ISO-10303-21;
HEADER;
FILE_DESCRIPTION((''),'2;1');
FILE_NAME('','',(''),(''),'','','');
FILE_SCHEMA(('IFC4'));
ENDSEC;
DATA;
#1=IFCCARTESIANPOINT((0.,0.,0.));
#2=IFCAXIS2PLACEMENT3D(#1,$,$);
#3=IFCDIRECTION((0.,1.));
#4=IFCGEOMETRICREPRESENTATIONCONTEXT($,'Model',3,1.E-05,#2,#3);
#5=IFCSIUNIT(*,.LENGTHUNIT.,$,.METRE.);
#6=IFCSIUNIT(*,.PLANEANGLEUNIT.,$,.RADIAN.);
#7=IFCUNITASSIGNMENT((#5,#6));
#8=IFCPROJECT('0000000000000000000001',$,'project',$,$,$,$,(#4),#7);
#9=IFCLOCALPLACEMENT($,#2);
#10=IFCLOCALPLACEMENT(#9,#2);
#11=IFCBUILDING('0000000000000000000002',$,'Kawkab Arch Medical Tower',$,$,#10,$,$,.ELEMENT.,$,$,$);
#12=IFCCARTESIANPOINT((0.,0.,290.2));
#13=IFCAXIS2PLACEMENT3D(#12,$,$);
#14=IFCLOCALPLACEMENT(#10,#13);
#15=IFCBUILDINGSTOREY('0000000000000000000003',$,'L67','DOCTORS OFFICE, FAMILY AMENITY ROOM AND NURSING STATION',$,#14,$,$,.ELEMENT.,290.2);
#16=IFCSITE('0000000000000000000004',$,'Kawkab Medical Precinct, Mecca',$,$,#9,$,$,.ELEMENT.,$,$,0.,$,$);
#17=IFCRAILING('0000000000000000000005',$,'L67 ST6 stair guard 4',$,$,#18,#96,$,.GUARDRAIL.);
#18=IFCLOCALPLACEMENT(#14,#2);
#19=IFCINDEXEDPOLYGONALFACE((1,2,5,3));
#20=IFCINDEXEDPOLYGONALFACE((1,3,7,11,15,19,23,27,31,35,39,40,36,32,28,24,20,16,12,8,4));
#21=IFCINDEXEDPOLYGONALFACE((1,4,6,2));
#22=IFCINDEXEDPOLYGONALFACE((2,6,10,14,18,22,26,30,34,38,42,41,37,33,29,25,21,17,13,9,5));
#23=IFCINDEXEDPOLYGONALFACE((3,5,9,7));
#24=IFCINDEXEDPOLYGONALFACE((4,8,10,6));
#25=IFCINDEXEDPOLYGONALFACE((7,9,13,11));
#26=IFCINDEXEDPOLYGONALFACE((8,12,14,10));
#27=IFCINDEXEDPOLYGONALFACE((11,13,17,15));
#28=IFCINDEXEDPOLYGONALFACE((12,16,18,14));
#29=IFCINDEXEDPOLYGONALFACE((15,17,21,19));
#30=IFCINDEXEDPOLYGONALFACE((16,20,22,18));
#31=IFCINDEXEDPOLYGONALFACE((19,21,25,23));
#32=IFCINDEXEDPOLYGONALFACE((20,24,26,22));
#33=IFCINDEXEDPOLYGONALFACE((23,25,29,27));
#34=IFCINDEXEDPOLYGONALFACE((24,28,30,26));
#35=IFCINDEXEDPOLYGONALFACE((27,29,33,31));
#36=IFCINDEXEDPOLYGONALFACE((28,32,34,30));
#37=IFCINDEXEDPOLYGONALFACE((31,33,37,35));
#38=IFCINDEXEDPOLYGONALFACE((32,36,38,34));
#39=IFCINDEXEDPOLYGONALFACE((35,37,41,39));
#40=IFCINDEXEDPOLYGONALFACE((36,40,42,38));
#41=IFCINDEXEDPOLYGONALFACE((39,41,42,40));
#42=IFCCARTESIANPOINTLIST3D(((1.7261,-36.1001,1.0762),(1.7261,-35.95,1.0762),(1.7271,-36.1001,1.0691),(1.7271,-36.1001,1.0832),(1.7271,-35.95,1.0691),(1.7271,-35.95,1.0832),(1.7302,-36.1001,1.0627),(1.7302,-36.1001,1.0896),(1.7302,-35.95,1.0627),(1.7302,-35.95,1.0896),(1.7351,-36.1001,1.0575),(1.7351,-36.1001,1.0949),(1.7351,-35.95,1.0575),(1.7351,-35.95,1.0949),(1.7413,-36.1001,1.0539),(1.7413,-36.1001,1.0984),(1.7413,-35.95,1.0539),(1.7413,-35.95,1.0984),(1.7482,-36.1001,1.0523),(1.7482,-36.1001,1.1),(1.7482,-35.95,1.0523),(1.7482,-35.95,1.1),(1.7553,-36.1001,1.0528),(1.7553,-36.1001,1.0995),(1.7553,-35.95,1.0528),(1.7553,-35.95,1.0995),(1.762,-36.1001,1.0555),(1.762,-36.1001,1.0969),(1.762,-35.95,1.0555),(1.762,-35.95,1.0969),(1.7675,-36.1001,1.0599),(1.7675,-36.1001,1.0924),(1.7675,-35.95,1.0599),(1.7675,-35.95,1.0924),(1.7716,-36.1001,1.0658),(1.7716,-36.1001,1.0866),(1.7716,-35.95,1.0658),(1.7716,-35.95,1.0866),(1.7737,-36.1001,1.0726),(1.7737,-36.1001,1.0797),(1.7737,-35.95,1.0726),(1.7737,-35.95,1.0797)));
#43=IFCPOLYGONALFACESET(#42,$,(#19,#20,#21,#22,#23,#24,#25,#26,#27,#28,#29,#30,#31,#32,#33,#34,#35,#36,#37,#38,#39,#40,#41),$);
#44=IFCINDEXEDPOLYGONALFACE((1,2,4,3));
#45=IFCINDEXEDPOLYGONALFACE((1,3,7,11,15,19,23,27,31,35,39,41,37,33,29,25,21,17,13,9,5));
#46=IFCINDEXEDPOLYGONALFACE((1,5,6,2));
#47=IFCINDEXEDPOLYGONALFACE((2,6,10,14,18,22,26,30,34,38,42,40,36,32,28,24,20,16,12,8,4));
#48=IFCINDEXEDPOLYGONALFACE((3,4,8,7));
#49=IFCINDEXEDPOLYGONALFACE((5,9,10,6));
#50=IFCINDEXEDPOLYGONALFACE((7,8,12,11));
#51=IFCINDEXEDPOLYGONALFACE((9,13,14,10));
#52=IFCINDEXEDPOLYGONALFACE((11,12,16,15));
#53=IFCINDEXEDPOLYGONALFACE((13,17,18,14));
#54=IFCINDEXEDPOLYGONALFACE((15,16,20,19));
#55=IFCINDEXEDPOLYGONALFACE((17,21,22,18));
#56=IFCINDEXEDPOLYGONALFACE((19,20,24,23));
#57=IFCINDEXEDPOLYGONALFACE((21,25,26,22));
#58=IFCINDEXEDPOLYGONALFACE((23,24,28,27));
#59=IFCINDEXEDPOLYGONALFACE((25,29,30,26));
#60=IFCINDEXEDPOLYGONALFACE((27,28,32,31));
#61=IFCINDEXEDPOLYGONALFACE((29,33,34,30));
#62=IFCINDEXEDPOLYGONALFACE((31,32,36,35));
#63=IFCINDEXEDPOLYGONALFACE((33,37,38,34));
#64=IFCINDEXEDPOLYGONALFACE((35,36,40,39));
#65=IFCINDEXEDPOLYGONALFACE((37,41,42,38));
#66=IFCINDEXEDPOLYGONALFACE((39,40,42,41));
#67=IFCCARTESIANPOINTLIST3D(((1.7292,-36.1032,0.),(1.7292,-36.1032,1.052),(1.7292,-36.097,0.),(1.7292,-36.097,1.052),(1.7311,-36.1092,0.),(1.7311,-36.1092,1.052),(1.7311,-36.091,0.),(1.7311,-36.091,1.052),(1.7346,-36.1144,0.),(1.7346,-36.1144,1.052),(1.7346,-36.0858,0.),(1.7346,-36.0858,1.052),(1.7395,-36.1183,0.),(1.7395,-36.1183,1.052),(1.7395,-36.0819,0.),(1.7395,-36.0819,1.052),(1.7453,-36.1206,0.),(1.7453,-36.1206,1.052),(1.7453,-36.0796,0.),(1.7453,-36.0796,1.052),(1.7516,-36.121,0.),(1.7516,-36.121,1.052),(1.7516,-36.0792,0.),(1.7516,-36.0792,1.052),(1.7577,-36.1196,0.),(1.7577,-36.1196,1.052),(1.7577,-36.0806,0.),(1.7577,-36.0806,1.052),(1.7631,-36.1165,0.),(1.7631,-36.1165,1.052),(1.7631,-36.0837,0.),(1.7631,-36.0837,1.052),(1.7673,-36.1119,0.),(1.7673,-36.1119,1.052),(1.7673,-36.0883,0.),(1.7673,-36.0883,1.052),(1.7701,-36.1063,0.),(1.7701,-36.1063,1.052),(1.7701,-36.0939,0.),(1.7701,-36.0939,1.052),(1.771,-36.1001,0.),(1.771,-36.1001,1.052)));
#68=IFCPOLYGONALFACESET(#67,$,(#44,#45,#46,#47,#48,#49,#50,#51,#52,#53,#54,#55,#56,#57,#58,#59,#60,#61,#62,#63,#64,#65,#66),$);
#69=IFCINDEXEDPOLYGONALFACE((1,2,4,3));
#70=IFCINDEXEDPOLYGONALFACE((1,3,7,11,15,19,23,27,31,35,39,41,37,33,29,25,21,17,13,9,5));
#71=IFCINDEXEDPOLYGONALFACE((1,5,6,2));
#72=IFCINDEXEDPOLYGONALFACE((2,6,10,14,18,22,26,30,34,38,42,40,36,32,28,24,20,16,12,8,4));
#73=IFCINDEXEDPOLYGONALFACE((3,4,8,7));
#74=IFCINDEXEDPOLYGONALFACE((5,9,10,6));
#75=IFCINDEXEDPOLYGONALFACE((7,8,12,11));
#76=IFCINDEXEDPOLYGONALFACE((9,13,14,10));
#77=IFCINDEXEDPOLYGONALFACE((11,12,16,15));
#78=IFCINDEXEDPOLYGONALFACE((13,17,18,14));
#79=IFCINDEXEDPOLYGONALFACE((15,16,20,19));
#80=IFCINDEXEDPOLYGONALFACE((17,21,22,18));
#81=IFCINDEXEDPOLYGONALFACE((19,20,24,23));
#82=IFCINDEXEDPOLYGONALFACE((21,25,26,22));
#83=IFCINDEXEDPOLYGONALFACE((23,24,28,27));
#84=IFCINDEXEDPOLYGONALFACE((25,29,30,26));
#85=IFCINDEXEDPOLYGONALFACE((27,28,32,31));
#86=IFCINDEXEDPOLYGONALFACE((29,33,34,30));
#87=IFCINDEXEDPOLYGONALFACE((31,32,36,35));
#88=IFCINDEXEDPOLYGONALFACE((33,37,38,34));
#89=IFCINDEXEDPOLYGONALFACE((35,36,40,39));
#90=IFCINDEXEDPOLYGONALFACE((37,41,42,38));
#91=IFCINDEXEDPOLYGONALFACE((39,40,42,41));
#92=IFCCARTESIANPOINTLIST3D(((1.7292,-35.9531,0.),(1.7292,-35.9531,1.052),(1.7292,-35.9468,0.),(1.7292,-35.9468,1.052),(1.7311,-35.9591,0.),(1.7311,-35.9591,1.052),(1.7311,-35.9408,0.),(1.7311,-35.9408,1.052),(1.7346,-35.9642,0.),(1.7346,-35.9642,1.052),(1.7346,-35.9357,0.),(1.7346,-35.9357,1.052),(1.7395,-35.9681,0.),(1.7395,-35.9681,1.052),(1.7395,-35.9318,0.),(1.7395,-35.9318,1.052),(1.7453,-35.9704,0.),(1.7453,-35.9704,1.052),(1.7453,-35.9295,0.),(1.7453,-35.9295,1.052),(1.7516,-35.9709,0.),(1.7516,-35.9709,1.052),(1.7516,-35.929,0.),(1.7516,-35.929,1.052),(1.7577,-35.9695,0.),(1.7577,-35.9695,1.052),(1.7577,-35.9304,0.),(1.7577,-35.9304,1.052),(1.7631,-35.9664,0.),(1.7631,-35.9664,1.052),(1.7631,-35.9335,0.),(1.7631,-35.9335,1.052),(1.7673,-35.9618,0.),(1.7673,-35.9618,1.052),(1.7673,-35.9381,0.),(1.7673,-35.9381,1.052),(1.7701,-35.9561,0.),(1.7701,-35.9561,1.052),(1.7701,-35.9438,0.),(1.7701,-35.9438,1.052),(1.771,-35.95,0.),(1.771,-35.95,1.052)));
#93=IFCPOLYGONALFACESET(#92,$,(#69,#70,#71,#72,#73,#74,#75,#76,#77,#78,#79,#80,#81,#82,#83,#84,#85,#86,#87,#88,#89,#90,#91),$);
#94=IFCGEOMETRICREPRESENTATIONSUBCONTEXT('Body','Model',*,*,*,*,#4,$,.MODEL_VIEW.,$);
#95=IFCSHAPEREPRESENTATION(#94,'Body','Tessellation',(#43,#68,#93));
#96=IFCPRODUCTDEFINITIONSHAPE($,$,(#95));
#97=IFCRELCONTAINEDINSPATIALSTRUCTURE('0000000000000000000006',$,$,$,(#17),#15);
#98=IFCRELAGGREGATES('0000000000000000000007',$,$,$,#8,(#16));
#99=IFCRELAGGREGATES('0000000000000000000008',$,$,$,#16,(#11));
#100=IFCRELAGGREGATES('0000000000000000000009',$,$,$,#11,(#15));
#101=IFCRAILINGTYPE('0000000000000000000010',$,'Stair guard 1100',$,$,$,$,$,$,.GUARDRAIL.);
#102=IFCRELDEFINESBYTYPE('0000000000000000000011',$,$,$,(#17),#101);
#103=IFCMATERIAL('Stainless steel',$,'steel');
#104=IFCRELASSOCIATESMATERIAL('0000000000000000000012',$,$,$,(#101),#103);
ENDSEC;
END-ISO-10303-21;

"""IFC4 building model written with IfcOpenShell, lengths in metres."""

from ifc_helpers import new_model, si_unit, direction, frame, origin, origin_2d, place, context, subcontext, project, spatial, circle, extrude, material, type_object, element, save


model = new_model("IFC4")

# Units and contexts
model_context = context("Model", 3, precision=1e-05, world=origin(), true_north=direction((0.0, 1.0)))
body_context = subcontext(model_context, "Body", "Model", "MODEL_VIEW")
ifc_project = project(units=[si_unit("LENGTHUNIT", "METRE"), si_unit("PLANEANGLEUNIT", "RADIAN")], contexts=[model_context])

# Site, building, storey
site_placement = place(None, origin())
site = spatial("IfcSite", under=ifc_project, at=site_placement, Name="Kawkab Medical Precinct, Mecca", CompositionType="ELEMENT", RefElevation=0.0)
building_placement = place(site_placement, origin())
building = spatial("IfcBuilding", under=site, at=building_placement, Name="Kawkab Arch Medical Tower", CompositionType="ELEMENT")
storey_placement = place(building_placement, frame((0.0, 0.0, 290.2)))
storey = spatial("IfcBuildingStorey", under=building, at=storey_placement, Name="L67", Description="DOCTORS OFFICE, FAMILY AMENITY ROOM AND NURSING STATION", CompositionType="ELEMENT", Elevation=290.2)

# Railing
ifc_material_1 = material(Name="Stainless steel", Category="steel")
railing_type_1 = type_object("IfcRailingType", Name="Stair guard 1100", PredefinedType="GUARDRAIL", material=ifc_material_1)
railing_1_placement = place(storey_placement, frame((1.75, -36.1001, 0.0)))
element("IfcRailing", 1, at=railing_1_placement, inside=storey, type_object=railing_type_1, Name="L67 ST6 stair guard 4", PredefinedType="GUARDRAIL", context=body_context, shape_type="SweptSolid", body=[
    extrude(circle(Radius=0.0239, at=origin_2d()), frame((0.0, 0.0, 1.0762), z_axis=(0.0, 1.0, 0.0), x_axis=(-1.0, 0.0, 0.0)), (0.0, 0.0, 1.0), 0.1501),
    extrude(circle(Radius=0.021, at=origin_2d()), origin(), (0.0, 0.0, 1.0), 1.052),
    extrude(circle(Radius=0.021, at=origin_2d()), frame((0.0, 0.1501, 0.0)), (0.0, 0.0, 1.0), 1.052),
])

save(model, "model.ifc")
